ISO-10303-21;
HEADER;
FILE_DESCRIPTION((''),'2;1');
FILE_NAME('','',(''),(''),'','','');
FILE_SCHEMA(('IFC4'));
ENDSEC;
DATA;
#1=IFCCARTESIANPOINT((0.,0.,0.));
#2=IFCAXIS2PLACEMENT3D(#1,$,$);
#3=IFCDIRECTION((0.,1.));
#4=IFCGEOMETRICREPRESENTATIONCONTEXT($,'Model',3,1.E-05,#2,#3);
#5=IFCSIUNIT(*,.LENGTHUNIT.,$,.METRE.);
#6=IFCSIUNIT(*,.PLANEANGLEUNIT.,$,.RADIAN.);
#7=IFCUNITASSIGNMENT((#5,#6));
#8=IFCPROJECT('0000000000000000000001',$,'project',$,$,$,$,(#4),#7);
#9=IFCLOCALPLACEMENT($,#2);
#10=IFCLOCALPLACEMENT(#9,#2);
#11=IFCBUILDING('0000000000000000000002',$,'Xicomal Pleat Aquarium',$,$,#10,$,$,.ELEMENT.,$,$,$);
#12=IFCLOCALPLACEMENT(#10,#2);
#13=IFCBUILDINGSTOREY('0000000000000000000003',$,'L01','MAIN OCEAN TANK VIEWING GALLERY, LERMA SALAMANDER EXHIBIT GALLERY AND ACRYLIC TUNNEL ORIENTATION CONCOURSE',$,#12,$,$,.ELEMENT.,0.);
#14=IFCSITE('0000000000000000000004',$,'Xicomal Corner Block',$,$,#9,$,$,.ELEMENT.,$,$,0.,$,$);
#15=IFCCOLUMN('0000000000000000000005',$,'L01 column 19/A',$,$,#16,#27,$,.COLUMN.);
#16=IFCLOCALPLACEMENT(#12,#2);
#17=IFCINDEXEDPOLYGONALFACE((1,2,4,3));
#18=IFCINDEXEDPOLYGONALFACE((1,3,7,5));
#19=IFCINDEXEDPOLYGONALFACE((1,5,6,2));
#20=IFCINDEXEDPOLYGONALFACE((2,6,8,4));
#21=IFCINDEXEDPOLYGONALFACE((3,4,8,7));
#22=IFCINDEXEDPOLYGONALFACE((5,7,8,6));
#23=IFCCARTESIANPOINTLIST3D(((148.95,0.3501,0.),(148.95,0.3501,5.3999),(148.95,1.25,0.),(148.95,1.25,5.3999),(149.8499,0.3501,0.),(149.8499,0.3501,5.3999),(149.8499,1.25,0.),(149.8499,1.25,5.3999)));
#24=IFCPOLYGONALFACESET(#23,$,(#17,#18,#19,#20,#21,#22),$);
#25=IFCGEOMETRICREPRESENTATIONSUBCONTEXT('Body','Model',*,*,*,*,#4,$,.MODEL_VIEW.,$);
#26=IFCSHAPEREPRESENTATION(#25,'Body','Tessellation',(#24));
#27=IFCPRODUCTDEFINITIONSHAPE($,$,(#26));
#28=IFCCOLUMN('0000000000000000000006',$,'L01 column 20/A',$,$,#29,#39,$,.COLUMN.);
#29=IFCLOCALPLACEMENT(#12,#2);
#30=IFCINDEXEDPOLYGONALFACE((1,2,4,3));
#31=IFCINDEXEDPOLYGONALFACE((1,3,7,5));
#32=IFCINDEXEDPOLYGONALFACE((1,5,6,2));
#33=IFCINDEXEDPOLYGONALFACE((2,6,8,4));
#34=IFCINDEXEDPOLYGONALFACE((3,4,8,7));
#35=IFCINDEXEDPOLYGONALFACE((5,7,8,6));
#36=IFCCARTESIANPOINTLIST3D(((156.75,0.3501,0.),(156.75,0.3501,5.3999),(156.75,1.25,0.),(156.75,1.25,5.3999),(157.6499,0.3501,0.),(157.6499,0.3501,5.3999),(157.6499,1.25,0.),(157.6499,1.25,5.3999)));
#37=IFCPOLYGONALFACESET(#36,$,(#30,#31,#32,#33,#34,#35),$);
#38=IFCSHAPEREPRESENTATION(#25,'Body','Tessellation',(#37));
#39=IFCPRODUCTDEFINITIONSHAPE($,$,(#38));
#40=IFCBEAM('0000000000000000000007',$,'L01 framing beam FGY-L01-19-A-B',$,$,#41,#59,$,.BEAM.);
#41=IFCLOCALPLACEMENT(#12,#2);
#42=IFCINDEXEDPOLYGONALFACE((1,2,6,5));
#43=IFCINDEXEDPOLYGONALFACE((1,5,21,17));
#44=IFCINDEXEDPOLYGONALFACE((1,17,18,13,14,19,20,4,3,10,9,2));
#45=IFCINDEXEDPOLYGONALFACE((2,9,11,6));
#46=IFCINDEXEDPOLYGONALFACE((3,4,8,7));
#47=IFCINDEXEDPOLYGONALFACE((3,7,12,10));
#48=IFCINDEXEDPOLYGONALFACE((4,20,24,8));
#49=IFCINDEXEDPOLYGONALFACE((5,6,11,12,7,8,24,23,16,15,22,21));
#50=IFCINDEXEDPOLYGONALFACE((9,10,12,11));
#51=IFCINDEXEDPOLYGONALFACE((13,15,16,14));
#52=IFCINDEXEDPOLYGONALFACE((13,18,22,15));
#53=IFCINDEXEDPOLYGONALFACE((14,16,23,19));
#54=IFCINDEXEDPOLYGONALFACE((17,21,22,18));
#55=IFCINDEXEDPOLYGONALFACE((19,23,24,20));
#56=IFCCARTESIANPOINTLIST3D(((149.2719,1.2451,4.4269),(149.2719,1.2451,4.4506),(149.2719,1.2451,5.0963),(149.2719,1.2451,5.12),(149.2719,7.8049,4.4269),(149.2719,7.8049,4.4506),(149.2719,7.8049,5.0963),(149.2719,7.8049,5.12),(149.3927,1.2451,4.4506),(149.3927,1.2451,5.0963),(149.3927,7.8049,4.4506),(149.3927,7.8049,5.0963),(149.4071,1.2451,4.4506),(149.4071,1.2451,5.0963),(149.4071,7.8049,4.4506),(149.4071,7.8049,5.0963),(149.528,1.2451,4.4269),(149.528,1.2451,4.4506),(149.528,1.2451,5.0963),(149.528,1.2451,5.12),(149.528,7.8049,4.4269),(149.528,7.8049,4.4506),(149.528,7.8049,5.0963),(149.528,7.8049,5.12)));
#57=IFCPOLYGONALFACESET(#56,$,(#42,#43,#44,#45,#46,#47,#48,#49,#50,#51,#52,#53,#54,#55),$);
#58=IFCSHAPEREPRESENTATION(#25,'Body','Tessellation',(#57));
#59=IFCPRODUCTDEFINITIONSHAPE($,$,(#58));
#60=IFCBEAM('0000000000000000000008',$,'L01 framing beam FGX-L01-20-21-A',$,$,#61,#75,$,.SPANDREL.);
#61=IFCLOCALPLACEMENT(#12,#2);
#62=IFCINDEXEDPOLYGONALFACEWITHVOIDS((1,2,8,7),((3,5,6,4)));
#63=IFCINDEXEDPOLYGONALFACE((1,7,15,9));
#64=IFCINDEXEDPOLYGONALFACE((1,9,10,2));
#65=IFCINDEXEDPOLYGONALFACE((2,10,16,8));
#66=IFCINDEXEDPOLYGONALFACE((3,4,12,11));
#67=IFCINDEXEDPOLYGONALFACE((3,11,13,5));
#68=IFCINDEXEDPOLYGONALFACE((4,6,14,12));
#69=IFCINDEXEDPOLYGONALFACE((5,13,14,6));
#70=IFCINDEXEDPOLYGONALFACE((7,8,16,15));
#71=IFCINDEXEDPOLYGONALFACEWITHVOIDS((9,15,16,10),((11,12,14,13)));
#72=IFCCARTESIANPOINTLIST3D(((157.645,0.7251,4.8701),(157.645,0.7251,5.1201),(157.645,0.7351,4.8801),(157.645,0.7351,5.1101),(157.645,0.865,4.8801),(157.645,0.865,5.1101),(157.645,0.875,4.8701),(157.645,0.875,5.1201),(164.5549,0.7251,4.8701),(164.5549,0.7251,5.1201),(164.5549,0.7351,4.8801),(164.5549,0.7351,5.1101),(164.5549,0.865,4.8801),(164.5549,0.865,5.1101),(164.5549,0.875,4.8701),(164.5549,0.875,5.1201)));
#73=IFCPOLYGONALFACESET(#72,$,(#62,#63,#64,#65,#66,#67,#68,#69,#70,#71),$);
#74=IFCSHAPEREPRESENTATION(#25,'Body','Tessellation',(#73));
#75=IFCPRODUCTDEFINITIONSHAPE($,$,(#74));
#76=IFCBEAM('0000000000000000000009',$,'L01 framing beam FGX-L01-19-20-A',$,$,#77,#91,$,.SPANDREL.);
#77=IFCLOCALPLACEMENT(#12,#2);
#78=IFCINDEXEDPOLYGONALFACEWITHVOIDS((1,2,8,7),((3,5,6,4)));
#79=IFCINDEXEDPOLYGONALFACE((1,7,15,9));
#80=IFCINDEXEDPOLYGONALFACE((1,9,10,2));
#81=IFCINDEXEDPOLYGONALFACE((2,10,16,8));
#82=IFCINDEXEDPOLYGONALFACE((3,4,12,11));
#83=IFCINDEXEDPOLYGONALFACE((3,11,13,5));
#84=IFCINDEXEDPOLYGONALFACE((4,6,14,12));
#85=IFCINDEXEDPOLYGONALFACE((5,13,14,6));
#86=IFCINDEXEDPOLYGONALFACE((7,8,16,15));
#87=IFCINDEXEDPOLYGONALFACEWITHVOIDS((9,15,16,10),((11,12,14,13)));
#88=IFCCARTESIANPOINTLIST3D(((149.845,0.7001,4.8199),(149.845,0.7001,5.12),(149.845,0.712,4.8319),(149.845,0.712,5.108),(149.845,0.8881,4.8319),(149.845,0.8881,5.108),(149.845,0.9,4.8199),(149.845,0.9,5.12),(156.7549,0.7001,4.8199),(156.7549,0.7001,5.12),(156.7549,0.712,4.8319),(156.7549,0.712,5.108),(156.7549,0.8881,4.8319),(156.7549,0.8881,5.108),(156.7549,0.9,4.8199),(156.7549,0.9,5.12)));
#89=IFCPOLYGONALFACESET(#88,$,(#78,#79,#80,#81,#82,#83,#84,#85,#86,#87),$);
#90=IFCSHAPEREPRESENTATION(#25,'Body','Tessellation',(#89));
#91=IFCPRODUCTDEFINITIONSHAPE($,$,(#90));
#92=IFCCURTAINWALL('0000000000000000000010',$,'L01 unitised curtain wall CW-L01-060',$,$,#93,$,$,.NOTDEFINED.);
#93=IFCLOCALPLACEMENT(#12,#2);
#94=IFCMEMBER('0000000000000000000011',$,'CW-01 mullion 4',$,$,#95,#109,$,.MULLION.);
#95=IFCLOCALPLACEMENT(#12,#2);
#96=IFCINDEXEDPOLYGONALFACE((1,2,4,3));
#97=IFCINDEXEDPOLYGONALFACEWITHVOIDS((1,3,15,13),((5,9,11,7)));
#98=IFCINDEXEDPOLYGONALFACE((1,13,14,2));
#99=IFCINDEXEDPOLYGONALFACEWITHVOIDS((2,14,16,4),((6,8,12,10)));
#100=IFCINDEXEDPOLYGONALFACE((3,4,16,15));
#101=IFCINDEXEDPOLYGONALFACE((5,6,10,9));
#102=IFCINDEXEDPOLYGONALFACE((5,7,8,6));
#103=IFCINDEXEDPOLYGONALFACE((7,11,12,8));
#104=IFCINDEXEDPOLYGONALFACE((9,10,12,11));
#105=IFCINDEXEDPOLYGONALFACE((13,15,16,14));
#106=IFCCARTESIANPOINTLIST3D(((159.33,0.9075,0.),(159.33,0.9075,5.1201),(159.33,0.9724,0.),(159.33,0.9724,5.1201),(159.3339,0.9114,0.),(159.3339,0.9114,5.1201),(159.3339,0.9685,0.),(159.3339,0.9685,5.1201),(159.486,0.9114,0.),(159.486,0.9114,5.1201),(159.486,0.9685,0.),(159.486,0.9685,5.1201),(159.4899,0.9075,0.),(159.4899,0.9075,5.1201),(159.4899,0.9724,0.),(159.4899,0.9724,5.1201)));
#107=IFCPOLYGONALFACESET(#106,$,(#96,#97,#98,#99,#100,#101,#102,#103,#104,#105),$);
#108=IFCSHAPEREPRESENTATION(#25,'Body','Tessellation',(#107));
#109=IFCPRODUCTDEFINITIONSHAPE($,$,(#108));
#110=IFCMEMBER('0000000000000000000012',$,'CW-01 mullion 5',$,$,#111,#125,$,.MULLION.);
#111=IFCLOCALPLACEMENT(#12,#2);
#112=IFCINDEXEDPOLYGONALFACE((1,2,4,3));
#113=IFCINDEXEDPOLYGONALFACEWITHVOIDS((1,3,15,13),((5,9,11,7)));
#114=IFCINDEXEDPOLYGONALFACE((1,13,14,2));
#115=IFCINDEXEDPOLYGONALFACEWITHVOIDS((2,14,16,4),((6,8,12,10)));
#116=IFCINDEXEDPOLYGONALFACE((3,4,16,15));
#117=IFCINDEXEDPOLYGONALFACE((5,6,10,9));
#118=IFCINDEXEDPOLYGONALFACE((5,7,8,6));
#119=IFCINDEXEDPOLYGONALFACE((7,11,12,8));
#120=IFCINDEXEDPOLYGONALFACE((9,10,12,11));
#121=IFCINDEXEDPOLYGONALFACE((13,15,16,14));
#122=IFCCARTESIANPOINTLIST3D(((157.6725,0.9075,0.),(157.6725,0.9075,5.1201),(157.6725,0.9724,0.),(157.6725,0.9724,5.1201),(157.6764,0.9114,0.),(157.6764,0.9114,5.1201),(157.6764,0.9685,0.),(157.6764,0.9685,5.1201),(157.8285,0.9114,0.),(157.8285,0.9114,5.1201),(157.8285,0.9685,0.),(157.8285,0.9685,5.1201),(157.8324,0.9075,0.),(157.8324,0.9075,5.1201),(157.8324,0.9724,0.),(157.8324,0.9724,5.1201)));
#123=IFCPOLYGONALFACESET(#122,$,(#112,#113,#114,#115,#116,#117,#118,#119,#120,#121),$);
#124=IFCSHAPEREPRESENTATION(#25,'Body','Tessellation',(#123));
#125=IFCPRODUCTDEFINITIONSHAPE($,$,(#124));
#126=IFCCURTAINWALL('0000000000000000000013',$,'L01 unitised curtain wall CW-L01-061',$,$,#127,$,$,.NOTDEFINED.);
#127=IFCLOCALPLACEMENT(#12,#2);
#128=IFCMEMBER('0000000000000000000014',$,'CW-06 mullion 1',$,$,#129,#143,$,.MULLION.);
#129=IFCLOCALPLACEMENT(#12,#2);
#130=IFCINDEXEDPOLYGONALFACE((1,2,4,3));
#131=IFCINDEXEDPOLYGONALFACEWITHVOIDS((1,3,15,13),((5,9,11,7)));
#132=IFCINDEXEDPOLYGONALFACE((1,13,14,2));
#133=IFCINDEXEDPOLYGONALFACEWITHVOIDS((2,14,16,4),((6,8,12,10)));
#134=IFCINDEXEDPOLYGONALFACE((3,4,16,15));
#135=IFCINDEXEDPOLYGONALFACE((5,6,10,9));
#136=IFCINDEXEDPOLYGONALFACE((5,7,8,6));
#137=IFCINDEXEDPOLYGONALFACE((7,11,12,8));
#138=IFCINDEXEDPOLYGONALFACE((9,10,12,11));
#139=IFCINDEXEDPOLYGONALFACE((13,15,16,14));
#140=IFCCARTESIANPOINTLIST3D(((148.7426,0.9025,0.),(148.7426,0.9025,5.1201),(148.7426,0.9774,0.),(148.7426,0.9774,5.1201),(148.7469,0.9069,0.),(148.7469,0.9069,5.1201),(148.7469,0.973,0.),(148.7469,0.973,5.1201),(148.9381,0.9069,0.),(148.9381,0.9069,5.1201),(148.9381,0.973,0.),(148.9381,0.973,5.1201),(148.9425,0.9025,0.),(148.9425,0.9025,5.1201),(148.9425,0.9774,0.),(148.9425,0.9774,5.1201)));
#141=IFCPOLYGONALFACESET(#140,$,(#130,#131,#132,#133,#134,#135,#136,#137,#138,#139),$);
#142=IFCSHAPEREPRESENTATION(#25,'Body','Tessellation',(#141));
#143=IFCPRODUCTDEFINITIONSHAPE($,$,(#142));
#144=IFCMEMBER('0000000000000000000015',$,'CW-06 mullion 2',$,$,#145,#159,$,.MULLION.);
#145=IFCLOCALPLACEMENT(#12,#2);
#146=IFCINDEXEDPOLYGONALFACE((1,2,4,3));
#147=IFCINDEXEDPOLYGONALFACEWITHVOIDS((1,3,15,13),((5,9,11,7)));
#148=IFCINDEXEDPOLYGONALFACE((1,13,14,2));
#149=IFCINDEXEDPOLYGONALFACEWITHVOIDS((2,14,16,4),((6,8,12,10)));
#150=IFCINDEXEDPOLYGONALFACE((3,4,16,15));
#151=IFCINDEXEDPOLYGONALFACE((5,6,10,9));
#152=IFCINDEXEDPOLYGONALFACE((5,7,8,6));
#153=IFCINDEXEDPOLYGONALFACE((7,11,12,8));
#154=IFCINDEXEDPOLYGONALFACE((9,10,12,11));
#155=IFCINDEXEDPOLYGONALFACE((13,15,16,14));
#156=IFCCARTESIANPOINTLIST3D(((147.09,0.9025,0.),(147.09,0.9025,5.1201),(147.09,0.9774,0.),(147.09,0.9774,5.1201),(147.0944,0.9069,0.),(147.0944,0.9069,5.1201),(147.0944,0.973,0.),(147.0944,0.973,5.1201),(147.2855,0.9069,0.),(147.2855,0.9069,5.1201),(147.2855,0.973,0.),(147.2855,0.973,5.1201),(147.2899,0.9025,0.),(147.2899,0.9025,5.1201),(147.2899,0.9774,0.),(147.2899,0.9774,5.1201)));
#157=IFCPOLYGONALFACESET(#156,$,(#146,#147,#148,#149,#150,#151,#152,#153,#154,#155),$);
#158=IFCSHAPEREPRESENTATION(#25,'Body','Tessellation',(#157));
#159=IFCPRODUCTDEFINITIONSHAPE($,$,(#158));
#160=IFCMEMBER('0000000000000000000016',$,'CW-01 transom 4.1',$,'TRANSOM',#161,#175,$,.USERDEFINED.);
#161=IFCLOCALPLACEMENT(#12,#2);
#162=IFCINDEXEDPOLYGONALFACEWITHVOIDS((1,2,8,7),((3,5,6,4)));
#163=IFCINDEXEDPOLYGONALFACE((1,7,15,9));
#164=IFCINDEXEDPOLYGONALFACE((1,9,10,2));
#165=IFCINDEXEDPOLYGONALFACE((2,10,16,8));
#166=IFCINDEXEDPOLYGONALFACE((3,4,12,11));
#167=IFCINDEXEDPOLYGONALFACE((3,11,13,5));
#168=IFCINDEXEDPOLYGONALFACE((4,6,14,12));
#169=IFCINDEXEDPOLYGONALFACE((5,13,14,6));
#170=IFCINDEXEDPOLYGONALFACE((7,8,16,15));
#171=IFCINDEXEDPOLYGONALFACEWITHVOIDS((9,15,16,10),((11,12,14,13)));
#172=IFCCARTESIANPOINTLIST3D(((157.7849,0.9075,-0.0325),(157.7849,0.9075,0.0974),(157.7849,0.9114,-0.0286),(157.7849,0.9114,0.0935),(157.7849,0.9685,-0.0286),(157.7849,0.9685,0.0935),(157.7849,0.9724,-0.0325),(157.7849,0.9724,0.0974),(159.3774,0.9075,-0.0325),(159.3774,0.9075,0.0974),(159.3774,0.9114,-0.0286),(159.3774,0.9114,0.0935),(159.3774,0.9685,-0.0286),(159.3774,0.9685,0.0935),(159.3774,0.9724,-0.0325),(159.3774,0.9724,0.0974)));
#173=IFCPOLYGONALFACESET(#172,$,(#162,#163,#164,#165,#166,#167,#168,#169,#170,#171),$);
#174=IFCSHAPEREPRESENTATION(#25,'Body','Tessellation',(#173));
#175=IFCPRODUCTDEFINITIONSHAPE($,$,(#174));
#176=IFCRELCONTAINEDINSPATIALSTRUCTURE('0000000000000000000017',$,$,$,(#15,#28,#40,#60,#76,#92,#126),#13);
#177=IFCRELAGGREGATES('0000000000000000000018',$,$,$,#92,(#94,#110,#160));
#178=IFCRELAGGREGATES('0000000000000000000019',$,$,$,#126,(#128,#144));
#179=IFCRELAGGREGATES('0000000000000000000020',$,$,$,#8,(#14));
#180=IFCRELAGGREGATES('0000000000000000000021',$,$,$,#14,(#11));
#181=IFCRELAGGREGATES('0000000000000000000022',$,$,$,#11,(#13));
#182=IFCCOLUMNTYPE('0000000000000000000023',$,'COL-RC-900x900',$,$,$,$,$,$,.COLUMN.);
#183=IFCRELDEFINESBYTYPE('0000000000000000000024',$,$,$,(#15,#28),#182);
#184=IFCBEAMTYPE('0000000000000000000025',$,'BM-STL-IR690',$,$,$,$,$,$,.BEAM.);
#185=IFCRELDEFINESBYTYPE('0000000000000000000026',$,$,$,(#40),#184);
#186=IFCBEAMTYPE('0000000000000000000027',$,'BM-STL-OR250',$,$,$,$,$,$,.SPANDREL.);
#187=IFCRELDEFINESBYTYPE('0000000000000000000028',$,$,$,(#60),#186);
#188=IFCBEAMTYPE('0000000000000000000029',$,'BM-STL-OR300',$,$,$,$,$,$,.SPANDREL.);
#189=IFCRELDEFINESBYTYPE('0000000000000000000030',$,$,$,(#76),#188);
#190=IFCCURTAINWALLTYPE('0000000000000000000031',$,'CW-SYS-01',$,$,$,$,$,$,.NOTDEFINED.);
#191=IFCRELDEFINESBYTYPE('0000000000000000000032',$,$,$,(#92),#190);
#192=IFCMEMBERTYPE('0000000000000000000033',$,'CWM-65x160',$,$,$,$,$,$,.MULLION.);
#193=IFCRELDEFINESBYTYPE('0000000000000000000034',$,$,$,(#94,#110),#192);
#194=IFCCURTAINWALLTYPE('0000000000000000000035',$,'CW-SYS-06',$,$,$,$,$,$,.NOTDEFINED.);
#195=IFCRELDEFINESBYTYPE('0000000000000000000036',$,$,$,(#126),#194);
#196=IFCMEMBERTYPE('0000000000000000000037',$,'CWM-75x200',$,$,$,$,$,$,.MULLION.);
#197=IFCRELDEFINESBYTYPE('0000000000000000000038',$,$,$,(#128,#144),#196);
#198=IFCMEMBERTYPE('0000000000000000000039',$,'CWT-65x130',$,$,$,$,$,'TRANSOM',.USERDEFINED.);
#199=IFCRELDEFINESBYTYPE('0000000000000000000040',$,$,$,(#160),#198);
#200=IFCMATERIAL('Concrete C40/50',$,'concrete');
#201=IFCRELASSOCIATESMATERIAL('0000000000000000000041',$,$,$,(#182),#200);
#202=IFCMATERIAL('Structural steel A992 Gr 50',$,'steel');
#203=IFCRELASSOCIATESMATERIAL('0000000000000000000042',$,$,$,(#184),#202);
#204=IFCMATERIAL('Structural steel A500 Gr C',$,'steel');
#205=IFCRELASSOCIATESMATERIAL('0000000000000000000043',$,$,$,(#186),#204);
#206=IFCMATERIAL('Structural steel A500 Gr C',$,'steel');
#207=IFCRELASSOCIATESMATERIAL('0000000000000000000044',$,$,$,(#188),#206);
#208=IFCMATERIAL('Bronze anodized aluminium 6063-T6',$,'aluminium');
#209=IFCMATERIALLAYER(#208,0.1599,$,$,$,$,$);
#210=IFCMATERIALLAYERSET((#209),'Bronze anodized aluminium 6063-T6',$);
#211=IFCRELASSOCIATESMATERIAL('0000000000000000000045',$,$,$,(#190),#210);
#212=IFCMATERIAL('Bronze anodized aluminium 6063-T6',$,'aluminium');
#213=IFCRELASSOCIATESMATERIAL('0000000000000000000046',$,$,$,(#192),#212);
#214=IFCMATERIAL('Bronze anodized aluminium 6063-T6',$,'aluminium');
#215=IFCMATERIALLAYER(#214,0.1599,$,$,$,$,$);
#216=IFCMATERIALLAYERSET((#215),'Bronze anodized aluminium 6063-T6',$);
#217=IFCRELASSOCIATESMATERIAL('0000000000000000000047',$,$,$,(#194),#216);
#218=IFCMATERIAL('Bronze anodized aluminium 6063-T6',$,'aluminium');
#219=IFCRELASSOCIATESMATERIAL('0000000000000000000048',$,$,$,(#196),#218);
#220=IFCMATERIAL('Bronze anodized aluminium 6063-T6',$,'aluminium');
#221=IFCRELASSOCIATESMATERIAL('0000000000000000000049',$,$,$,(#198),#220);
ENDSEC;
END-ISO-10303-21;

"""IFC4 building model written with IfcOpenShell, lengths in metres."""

from ifc_helpers import new_model, si_unit, direction, frame, origin, origin_2d, place, context, subcontext, project, spatial, rectangle, hollow_rectangle, i_section, extrude, material, layer, layer_set, material_profile, profile_set, type_object, element, aggregate, save


model = new_model("IFC4")

# Units and contexts
model_context = context("Model", 3, precision=1e-05, world=origin(), true_north=direction((0.0, 1.0)))
body_context = subcontext(model_context, "Body", "Model", "MODEL_VIEW")
ifc_project = project(units=[si_unit("LENGTHUNIT", "METRE"), si_unit("PLANEANGLEUNIT", "RADIAN")], contexts=[model_context])

# Site, building, storey
site_placement = place(None, origin())
site = spatial("IfcSite", under=ifc_project, at=site_placement, Name="Xicomal Corner Block", CompositionType="ELEMENT", RefElevation=0.0)
building_placement = place(site_placement, origin())
building = spatial("IfcBuilding", under=site, at=building_placement, Name="Xicomal Pleat Aquarium", CompositionType="ELEMENT")
storey_placement = place(building_placement, origin())
storey = spatial("IfcBuildingStorey", under=building, at=storey_placement, Name="L01", Description="MAIN OCEAN TANK VIEWING GALLERY, LERMA SALAMANDER EXHIBIT GALLERY AND ACRYLIC TUNNEL ORIENTATION CONCOURSE", CompositionType="ELEMENT", Elevation=0.0)

# Columns
ifc_material_1 = material(Name="Concrete C40/50", Category="concrete")
ifc_material_profile_1 = material_profile(ifc_material_1, rectangle(XDim=0.8999, YDim=0.8999, at=origin_2d()), Name="RC 900x900")
ifc_profile_set_1 = profile_set([ifc_material_profile_1], Name="Concrete C40/50")
column_type = type_object("IfcColumnType", Name="COL-RC-900x900", PredefinedType="COLUMN", material=ifc_profile_set_1)
for number, where, z_axis, x_axis, name in (
    (1, (149.3999, 0.8, 0.0), (0.0, 0.0, 1.0), (1.0, 0.0, 0.0), "L01 column 19/A"),
    (2, (157.2, 0.8, 0.0), (0.0, 0.0, 1.0), (1.0, 0.0, 0.0), "L01 column 20/A"),
):
    element("IfcColumn", number, at=place(storey_placement, frame(where, z_axis=z_axis, x_axis=x_axis)), inside=storey, type_object=column_type, Name=name, PredefinedType="COLUMN", context=body_context, shape_type="SweptSolid", body=[
        extrude(rectangle(XDim=0.8999, YDim=0.8999, at=origin_2d()), origin(), (0.0, 0.0, 1.0), 5.3999),
    ])

# Beams
ifc_material_2 = material(Name="Structural steel A992 Gr 50", Category="steel")
ifc_material_profile_2 = material_profile(ifc_material_2, i_section(OverallWidth=0.2561, OverallDepth=0.6931, WebThickness=0.0144, FlangeThickness=0.0237, at=origin_2d()), Name="IR 690x170")
ifc_profile_set_2 = profile_set([ifc_material_profile_2], Name="Structural steel A992 Gr 50")
beam_type_1 = type_object("IfcBeamType", Name="BM-STL-IR690", PredefinedType="BEAM", material=ifc_profile_set_2)
beam_1_placement = place(storey_placement, frame((149.3999, 1.2451, 4.7734), z_axis=(0.0, 1.0, 0.0), x_axis=(-1.0, 0.0, 0.0)))
element("IfcBeam", 3, at=beam_1_placement, inside=storey, type_object=beam_type_1, Name="L01 framing beam FGY-L01-19-A-B", PredefinedType="BEAM", context=body_context, shape_type="SweptSolid", body=[
    extrude(i_section(OverallWidth=0.2561, OverallDepth=0.6931, WebThickness=0.0144, FlangeThickness=0.0237, at=origin_2d()), origin(), (0.0, 0.0, 1.0), 6.5598),
])
ifc_material_3 = material(Name="Structural steel A500 Gr C", Category="steel")
ifc_material_profile_3 = material_profile(ifc_material_3, hollow_rectangle(XDim=0.1499, YDim=0.25, WallThickness=0.01, at=origin_2d()), Name="OR 250x150x10")
ifc_profile_set_3 = profile_set([ifc_material_profile_3], Name="Structural steel A500 Gr C")
beam_type_2 = type_object("IfcBeamType", Name="BM-STL-OR250", PredefinedType="SPANDREL", material=ifc_profile_set_3)
beam_2_placement = place(storey_placement, frame((157.645, 0.8, 4.9951), z_axis=(1.0, 0.0, 0.0), x_axis=(0.0, 1.0, 0.0)))
element("IfcBeam", 4, at=beam_2_placement, inside=storey, type_object=beam_type_2, Name="L01 framing beam FGX-L01-20-21-A", PredefinedType="SPANDREL", context=body_context, shape_type="SweptSolid", body=[
    extrude(hollow_rectangle(XDim=0.1499, YDim=0.25, WallThickness=0.01, at=origin_2d()), origin(), (0.0, 0.0, 1.0), 6.9099),
])
ifc_material_4 = material(Name="Structural steel A500 Gr C", Category="steel")
ifc_material_profile_4 = material_profile(ifc_material_4, hollow_rectangle(XDim=0.2, YDim=0.3, WallThickness=0.012, at=origin_2d()), Name="OR 300x200x12")
ifc_profile_set_4 = profile_set([ifc_material_profile_4], Name="Structural steel A500 Gr C")
beam_type_3 = type_object("IfcBeamType", Name="BM-STL-OR300", PredefinedType="SPANDREL", material=ifc_profile_set_4)
beam_3_placement = place(storey_placement, frame((149.845, 0.8, 4.97), z_axis=(1.0, 0.0, 0.0), x_axis=(0.0, 1.0, 0.0)))
element("IfcBeam", 5, at=beam_3_placement, inside=storey, type_object=beam_type_3, Name="L01 framing beam FGX-L01-19-20-A", PredefinedType="SPANDREL", context=body_context, shape_type="SweptSolid", body=[
    extrude(hollow_rectangle(XDim=0.2, YDim=0.3, WallThickness=0.012, at=origin_2d()), origin(), (0.0, 0.0, 1.0), 6.9099),
])

# Curtain walls, members
ifc_material_5 = material(Name="Bronze anodized aluminium 6063-T6", Category="aluminium")
ifc_layer_1 = layer(ifc_material_5, 0.1599)
ifc_layer_set_1 = layer_set([ifc_layer_1], Name="Bronze anodized aluminium 6063-T6")
curtain_wall_type_1 = type_object("IfcCurtainWallType", Name="CW-SYS-01", PredefinedType="NOTDEFINED", material=ifc_layer_set_1)
curtain_wall_1_placement = place(storey_placement, origin())
curtain_wall_1 = element("IfcCurtainWall", 6, at=curtain_wall_1_placement, inside=storey, type_object=curtain_wall_type_1, Name="L01 unitised curtain wall CW-L01-060", PredefinedType="NOTDEFINED")
ifc_material_6 = material(Name="Bronze anodized aluminium 6063-T6", Category="aluminium")
ifc_material_profile_5 = material_profile(ifc_material_6, hollow_rectangle(XDim=0.0649, YDim=0.1599, WallThickness=0.0039, at=origin_2d()), Name="ALU MULL 65x160")
ifc_profile_set_5 = profile_set([ifc_material_profile_5], Name="Bronze anodized aluminium 6063-T6")
member_type_1 = type_object("IfcMemberType", Name="CWM-65x160", PredefinedType="MULLION", material=ifc_profile_set_5)
member_1_placement = place(storey_placement, frame((159.4099, 0.9399, 0.0), z_axis=(0.0, 0.0, 1.0), x_axis=(0.0, -1.0, 0.0)))
member_1 = element("IfcMember", 7, at=member_1_placement, type_object=member_type_1, Name="CW-01 mullion 4", PredefinedType="MULLION", context=body_context, shape_type="SweptSolid", body=[
    extrude(hollow_rectangle(XDim=0.0649, YDim=0.1599, WallThickness=0.0039, at=origin_2d()), origin(), (0.0, 0.0, 1.0), 5.1201),
])
member_2_placement = place(storey_placement, frame((157.7524, 0.9399, 0.0), z_axis=(0.0, 0.0, 1.0), x_axis=(0.0, -1.0, 0.0)))
member_2 = element("IfcMember", 8, at=member_2_placement, type_object=member_type_1, Name="CW-01 mullion 5", PredefinedType="MULLION", context=body_context, shape_type="SweptSolid", body=[
    extrude(hollow_rectangle(XDim=0.0649, YDim=0.1599, WallThickness=0.0039, at=origin_2d()), origin(), (0.0, 0.0, 1.0), 5.1201),
])
ifc_material_7 = material(Name="Bronze anodized aluminium 6063-T6", Category="aluminium")
ifc_layer_2 = layer(ifc_material_7, 0.1599)
ifc_layer_set_2 = layer_set([ifc_layer_2], Name="Bronze anodized aluminium 6063-T6")
curtain_wall_type_2 = type_object("IfcCurtainWallType", Name="CW-SYS-06", PredefinedType="NOTDEFINED", material=ifc_layer_set_2)
curtain_wall_2_placement = place(storey_placement, origin())
curtain_wall_2 = element("IfcCurtainWall", 9, at=curtain_wall_2_placement, inside=storey, type_object=curtain_wall_type_2, Name="L01 unitised curtain wall CW-L01-061", PredefinedType="NOTDEFINED")
ifc_material_8 = material(Name="Bronze anodized aluminium 6063-T6", Category="aluminium")
ifc_material_profile_6 = material_profile(ifc_material_8, hollow_rectangle(XDim=0.075, YDim=0.2, WallThickness=0.0044, at=origin_2d()), Name="ALU MULL 75x200")
ifc_profile_set_6 = profile_set([ifc_material_profile_6], Name="Bronze anodized aluminium 6063-T6")
member_type_2 = type_object("IfcMemberType", Name="CWM-75x200", PredefinedType="MULLION", material=ifc_profile_set_6)
member_3_placement = place(storey_placement, frame((148.8425, 0.9399, 0.0), z_axis=(0.0, 0.0, 1.0), x_axis=(0.0, -1.0, 0.0)))
member_3 = element("IfcMember", 10, at=member_3_placement, type_object=member_type_2, Name="CW-06 mullion 1", PredefinedType="MULLION", context=body_context, shape_type="SweptSolid", body=[
    extrude(hollow_rectangle(XDim=0.075, YDim=0.2, WallThickness=0.0044, at=origin_2d()), origin(), (0.0, 0.0, 1.0), 5.1201),
])
member_4_placement = place(storey_placement, frame((147.1899, 0.9399, 0.0), z_axis=(0.0, 0.0, 1.0), x_axis=(0.0, -1.0, 0.0)))
member_4 = element("IfcMember", 11, at=member_4_placement, type_object=member_type_2, Name="CW-06 mullion 2", PredefinedType="MULLION", context=body_context, shape_type="SweptSolid", body=[
    extrude(hollow_rectangle(XDim=0.075, YDim=0.2, WallThickness=0.0044, at=origin_2d()), origin(), (0.0, 0.0, 1.0), 5.1201),
])

# Member
ifc_material_9 = material(Name="Bronze anodized aluminium 6063-T6", Category="aluminium")
ifc_material_profile_7 = material_profile(ifc_material_9, hollow_rectangle(XDim=0.0649, YDim=0.1299, WallThickness=0.0039, at=origin_2d()), Name="ALU TRAN 65x130")
ifc_profile_set_7 = profile_set([ifc_material_profile_7], Name="Bronze anodized aluminium 6063-T6")
member_type_3 = type_object("IfcMemberType", Name="CWT-65x130", ElementType="TRANSOM", PredefinedType="USERDEFINED", material=ifc_profile_set_7)
member_5_placement = place(storey_placement, frame((159.3774, 0.9399, 0.0325), z_axis=(-1.0, 0.0, 0.0), x_axis=(0.0, -1.0, 0.0)))
member_5 = element("IfcMember", 12, at=member_5_placement, type_object=member_type_3, Name="CW-01 transom 4.1", ObjectType="TRANSOM", PredefinedType="USERDEFINED", context=body_context, shape_type="SweptSolid", body=[
    extrude(hollow_rectangle(XDim=0.0649, YDim=0.1299, WallThickness=0.0039, at=origin_2d()), origin(), (0.0, 0.0, 1.0), 1.5925),
])

aggregate(curtain_wall_1, [member_1, member_2, member_5])
aggregate(curtain_wall_2, [member_3, member_4])

save(model, "model.ifc")
